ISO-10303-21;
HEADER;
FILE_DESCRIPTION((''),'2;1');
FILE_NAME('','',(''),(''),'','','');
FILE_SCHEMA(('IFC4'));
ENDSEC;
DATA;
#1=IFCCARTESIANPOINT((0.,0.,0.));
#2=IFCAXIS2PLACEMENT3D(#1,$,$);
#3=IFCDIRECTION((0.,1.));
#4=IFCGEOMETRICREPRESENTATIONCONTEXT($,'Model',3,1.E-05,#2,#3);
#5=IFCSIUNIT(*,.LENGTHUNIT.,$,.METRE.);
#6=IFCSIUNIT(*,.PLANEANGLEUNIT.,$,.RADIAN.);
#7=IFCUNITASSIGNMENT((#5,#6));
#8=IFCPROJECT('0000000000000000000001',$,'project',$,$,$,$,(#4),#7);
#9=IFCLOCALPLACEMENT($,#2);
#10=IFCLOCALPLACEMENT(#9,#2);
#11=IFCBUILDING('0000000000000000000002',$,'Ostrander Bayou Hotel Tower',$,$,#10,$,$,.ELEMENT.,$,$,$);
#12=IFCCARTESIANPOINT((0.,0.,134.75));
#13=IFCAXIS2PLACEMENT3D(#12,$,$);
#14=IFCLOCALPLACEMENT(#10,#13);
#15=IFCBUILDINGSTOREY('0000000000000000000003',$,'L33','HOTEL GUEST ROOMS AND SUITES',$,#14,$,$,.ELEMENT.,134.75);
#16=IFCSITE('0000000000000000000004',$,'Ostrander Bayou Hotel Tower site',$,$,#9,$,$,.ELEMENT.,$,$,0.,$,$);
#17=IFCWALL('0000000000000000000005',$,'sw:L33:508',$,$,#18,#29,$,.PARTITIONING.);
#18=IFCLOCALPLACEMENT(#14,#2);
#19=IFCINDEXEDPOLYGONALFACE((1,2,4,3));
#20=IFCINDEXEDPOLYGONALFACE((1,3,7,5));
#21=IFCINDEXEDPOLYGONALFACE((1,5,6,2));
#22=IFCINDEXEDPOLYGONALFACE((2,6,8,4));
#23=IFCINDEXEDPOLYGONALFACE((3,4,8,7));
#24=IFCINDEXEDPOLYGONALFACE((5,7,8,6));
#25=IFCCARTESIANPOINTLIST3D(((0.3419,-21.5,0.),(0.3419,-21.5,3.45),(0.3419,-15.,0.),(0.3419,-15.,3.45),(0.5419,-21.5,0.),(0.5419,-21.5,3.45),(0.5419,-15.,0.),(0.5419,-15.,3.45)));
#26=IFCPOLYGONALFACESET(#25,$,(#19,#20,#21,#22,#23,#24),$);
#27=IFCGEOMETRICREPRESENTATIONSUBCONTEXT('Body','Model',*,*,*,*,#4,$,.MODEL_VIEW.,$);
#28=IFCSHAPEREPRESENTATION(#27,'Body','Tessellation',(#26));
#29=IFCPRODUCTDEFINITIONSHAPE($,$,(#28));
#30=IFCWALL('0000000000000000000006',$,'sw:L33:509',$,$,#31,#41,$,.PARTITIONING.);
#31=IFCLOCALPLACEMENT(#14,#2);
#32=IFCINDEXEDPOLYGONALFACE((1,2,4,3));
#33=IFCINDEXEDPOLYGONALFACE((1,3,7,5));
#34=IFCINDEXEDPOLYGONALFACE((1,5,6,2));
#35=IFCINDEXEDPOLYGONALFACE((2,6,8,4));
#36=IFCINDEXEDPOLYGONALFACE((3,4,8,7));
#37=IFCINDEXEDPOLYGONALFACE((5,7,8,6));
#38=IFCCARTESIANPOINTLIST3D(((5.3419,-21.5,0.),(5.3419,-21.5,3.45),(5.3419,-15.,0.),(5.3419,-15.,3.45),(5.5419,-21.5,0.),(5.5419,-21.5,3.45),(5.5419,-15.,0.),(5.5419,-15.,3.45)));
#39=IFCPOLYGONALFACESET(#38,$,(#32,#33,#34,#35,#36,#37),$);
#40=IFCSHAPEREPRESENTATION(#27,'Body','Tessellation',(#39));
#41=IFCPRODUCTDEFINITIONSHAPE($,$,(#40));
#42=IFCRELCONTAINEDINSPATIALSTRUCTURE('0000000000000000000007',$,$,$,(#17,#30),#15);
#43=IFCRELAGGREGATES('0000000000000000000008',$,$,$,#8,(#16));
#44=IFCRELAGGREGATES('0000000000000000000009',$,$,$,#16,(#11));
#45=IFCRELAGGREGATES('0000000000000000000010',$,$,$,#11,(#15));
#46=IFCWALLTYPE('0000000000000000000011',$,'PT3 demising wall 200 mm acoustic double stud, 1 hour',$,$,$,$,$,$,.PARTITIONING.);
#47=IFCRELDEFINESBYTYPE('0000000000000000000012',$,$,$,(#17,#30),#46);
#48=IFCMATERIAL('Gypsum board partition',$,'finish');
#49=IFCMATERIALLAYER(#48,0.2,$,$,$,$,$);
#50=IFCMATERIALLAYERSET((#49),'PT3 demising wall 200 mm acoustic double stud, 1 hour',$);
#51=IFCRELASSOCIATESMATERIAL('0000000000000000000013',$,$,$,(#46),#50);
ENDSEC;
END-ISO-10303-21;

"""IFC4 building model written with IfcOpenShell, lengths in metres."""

from ifc_helpers import new_model, si_unit, direction, frame, frame_2d, origin, place, context, subcontext, project, spatial, rectangle, extrude, material, layer, layer_set, type_object, element, save


model = new_model("IFC4")

# Units and contexts
model_context = context("Model", 3, precision=1e-05, world=origin(), true_north=direction((0.0, 1.0)))
body_context = subcontext(model_context, "Body", "Model", "MODEL_VIEW")
ifc_project = project(units=[si_unit("LENGTHUNIT", "METRE"), si_unit("PLANEANGLEUNIT", "RADIAN")], contexts=[model_context])

# Site, building, storey
site_placement = place(None, origin())
site = spatial("IfcSite", under=ifc_project, at=site_placement, Name="Ostrander Bayou Hotel Tower site", CompositionType="ELEMENT", RefElevation=0.0)
building_placement = place(site_placement, origin())
building = spatial("IfcBuilding", under=site, at=building_placement, Name="Ostrander Bayou Hotel Tower", CompositionType="ELEMENT")
storey_placement = place(building_placement, frame((0.0, 0.0, 134.75)))
storey = spatial("IfcBuildingStorey", under=building, at=storey_placement, Name="L33", Description="HOTEL GUEST ROOMS AND SUITES", CompositionType="ELEMENT", Elevation=134.75)

# Walls
ifc_material_1 = material(Name="Gypsum board partition", Category="finish")
ifc_layer_1 = layer(ifc_material_1, 0.2)
ifc_layer_set_1 = layer_set([ifc_layer_1], Name="PT3 demising wall 200 mm acoustic double stud, 1 hour")
wall_type = type_object("IfcWallType", Name="PT3 demising wall 200 mm acoustic double stud, 1 hour", PredefinedType="PARTITIONING", material=ifc_layer_set_1)
for number, where, z_axis, x_axis, name in (
    (1, (0.4419, -21.5, 0.0), (0.0, 0.0, 1.0), (0.0, 1.0, 0.0), "sw:L33:508"),
    (2, (5.4419, -21.5, 0.0), (0.0, 0.0, 1.0), (0.0, 1.0, 0.0), "sw:L33:509"),
):
    element("IfcWall", number, at=place(storey_placement, frame(where, z_axis=z_axis, x_axis=x_axis)), inside=storey, type_object=wall_type, Name=name, PredefinedType="PARTITIONING", context=body_context, shape_type="SweptSolid", body=[
        extrude(rectangle(XDim=6.5, YDim=0.2, at=frame_2d((3.25, 0.0))), origin(), (0.0, 0.0, 1.0), 3.45),
    ])

save(model, "model.ifc")
